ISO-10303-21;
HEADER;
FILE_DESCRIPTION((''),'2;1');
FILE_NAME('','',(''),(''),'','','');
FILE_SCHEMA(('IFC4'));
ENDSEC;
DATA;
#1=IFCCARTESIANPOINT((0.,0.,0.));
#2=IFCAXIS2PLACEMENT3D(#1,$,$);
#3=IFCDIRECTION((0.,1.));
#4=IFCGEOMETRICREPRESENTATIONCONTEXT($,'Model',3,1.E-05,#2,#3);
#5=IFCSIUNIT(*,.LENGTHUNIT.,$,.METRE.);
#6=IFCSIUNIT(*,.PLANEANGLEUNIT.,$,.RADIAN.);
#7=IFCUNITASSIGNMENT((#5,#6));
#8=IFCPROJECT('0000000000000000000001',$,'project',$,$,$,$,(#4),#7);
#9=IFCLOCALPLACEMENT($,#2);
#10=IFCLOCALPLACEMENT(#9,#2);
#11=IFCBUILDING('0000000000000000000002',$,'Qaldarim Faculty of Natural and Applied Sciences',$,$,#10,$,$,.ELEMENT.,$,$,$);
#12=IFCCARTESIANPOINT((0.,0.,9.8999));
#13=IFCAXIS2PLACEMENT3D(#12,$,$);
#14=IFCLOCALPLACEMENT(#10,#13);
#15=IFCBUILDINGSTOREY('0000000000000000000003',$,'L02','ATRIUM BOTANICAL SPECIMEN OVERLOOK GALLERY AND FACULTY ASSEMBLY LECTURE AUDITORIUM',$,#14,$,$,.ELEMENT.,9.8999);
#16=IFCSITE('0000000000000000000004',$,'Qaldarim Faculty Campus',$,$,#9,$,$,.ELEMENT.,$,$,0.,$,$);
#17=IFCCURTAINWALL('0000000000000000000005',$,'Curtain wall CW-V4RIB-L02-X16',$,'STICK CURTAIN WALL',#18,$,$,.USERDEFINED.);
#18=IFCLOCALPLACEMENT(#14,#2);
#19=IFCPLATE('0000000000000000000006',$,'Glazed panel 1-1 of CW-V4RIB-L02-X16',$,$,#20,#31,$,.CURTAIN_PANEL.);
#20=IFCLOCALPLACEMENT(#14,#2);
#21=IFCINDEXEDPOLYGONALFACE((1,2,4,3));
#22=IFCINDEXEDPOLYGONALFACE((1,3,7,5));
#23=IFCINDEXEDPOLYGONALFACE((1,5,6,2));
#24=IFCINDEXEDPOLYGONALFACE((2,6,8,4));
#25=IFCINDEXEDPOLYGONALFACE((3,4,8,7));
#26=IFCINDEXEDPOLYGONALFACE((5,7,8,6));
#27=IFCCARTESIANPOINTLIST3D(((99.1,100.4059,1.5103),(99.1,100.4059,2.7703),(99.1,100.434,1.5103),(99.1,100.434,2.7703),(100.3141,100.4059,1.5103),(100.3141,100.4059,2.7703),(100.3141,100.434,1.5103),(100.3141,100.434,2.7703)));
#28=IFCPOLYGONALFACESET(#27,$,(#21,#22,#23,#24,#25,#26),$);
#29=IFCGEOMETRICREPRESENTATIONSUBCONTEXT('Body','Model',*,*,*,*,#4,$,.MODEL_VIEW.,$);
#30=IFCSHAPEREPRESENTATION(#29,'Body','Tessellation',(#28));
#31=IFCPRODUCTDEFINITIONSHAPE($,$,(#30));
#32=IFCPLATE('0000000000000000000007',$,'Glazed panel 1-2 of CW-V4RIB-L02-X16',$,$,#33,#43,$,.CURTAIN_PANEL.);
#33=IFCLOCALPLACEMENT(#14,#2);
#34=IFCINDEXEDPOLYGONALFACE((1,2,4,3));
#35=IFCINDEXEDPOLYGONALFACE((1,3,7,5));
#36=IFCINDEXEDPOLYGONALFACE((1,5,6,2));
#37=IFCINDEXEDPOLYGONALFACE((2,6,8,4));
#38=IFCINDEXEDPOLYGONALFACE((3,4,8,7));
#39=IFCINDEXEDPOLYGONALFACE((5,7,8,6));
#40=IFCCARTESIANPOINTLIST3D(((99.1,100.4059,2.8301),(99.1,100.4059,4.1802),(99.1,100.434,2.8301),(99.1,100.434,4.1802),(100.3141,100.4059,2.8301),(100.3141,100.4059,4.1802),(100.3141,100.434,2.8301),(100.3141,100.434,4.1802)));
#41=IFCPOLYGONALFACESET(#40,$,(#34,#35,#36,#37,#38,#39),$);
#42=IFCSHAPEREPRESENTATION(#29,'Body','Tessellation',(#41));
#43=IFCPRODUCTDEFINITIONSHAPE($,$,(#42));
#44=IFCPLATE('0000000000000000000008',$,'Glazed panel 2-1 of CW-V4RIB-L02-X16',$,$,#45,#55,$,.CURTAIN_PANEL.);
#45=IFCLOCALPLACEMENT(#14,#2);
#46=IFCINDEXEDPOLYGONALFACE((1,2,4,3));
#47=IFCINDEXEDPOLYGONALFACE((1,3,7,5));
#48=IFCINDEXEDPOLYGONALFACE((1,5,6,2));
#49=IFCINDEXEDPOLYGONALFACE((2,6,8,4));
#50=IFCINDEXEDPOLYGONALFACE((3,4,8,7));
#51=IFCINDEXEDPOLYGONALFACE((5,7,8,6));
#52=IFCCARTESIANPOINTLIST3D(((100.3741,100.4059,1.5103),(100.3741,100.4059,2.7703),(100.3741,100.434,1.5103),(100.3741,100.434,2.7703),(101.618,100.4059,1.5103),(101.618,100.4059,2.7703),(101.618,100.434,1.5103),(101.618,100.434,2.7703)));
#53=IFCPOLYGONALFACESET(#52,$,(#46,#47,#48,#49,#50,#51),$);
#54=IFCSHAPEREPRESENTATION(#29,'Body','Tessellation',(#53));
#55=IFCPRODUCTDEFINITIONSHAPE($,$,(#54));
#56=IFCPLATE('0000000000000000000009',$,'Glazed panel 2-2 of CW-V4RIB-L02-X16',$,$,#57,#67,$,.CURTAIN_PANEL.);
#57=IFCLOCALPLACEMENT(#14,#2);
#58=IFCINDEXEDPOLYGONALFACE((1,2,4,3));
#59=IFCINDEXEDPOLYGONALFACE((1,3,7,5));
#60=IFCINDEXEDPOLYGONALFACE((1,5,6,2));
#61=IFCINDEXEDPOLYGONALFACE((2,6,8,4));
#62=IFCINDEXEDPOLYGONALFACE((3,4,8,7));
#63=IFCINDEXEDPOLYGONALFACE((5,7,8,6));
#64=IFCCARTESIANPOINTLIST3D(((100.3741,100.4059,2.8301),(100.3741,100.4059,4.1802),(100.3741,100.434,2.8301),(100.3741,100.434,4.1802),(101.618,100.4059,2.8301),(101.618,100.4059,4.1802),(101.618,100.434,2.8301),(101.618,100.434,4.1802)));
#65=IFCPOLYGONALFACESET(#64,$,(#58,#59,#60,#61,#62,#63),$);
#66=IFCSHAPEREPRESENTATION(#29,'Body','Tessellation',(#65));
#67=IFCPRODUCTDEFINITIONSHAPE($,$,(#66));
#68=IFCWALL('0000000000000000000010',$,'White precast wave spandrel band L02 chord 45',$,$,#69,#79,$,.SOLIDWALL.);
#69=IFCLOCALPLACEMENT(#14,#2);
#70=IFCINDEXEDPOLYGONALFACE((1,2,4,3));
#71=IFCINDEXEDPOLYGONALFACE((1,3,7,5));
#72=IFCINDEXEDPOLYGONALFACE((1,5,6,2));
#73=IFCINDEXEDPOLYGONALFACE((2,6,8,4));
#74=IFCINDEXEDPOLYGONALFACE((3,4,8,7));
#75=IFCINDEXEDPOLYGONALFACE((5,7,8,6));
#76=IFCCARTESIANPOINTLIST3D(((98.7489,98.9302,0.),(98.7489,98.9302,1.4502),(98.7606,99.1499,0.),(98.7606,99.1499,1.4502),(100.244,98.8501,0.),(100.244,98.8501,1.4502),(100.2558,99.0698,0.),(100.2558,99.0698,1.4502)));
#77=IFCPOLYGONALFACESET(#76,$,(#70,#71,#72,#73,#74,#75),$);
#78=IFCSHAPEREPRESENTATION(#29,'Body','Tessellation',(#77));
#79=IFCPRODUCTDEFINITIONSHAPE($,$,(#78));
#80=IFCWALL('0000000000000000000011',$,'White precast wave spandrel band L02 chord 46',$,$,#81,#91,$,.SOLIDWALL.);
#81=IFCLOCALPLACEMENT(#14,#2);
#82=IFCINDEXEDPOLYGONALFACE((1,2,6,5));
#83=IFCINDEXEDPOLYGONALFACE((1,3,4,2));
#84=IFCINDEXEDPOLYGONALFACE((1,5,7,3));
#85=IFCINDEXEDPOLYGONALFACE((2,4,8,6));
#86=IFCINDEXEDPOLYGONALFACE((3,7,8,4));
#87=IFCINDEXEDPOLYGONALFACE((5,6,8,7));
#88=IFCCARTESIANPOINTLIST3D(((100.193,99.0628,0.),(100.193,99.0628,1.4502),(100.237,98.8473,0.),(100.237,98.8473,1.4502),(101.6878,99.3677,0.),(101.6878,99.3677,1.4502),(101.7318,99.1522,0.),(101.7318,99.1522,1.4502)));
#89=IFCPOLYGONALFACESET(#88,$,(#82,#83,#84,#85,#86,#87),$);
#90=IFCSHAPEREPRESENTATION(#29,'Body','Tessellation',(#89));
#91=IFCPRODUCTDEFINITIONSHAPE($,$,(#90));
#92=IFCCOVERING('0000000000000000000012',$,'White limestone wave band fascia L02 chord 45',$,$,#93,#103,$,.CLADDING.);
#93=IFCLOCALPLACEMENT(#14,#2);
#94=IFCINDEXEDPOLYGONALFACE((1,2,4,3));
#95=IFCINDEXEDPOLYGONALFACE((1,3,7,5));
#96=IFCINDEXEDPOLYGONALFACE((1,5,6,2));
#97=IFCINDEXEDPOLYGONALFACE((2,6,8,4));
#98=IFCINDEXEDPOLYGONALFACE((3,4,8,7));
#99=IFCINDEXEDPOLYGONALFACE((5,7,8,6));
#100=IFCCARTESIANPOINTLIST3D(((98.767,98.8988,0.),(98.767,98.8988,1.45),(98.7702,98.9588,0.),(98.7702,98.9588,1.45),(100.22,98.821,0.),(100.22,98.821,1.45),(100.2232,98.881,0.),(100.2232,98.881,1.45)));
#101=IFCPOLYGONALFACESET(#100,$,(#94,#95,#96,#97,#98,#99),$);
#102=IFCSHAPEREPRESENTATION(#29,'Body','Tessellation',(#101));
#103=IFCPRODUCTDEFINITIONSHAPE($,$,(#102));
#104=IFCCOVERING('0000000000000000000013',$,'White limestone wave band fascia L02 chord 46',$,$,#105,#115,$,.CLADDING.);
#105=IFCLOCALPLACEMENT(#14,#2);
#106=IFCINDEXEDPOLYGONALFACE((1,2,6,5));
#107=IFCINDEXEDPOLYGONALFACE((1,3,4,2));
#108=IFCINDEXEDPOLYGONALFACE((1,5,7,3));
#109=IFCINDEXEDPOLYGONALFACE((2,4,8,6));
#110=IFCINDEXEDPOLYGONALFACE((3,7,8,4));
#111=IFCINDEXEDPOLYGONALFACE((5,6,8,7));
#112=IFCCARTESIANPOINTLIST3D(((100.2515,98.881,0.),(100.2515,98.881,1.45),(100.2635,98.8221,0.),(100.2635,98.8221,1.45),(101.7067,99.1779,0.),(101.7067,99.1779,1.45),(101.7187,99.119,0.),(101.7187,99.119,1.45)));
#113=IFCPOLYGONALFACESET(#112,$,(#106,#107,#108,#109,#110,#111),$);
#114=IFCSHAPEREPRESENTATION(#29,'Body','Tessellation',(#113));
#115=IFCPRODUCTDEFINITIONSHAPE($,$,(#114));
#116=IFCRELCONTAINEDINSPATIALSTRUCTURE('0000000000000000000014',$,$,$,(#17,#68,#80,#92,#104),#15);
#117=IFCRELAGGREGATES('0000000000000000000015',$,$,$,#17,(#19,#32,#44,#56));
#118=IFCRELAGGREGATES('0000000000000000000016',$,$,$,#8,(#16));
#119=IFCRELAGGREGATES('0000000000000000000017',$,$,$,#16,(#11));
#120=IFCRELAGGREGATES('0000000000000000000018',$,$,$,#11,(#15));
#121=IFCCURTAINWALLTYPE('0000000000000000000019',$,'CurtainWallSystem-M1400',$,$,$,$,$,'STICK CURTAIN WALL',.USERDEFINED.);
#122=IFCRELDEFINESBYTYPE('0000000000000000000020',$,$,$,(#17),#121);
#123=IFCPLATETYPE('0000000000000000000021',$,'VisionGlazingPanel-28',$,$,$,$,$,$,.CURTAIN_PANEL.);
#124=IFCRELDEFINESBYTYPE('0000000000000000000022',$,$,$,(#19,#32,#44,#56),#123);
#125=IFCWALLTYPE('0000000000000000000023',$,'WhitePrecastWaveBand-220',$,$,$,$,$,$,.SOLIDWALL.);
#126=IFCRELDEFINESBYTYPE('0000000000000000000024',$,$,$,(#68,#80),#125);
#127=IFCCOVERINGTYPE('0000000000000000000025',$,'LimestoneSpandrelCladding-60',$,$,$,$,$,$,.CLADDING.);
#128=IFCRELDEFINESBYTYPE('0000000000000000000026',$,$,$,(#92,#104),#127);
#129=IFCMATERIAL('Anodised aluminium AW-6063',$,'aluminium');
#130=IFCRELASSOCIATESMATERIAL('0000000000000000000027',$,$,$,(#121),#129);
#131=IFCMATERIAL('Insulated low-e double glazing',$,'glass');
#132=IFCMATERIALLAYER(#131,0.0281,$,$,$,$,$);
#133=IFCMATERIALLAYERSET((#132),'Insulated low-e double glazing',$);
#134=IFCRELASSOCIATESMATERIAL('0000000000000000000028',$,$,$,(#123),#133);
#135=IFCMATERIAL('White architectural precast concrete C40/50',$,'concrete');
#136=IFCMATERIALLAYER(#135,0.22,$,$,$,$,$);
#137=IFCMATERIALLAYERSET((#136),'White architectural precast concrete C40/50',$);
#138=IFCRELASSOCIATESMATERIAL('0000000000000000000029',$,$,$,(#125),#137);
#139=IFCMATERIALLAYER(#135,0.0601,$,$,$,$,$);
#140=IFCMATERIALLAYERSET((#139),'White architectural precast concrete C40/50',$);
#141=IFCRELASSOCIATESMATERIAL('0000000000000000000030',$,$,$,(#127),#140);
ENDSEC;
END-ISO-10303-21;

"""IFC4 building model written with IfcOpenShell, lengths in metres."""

from ifc_helpers import new_model, si_unit, direction, frame, frame_2d, origin, origin_2d, place, context, subcontext, project, spatial, rectangle, extrude, material, layer, layer_set, type_object, element, aggregate, save


model = new_model("IFC4")

# Units and contexts
model_context = context("Model", 3, precision=1e-05, world=origin(), true_north=direction((0.0, 1.0)))
body_context = subcontext(model_context, "Body", "Model", "MODEL_VIEW")
ifc_project = project(units=[si_unit("LENGTHUNIT", "METRE"), si_unit("PLANEANGLEUNIT", "RADIAN")], contexts=[model_context])

# Site, building, storey
site_placement = place(None, origin())
site = spatial("IfcSite", under=ifc_project, at=site_placement, Name="Qaldarim Faculty Campus", CompositionType="ELEMENT", RefElevation=0.0)
building_placement = place(site_placement, origin())
building = spatial("IfcBuilding", under=site, at=building_placement, Name="Qaldarim Faculty of Natural and Applied Sciences", CompositionType="ELEMENT")
storey_placement = place(building_placement, frame((0.0, 0.0, 9.8999)))
storey = spatial("IfcBuildingStorey", under=building, at=storey_placement, Name="L02", Description="ATRIUM BOTANICAL SPECIMEN OVERLOOK GALLERY AND FACULTY ASSEMBLY LECTURE AUDITORIUM", CompositionType="ELEMENT", Elevation=9.8999)

# Shared definitions
ifc_material_1 = material(Name="Anodised aluminium AW-6063", Category="aluminium")
curtain_wall_type = type_object("IfcCurtainWallType", Name="CurtainWallSystem-M1400", ElementType="STICK CURTAIN WALL", PredefinedType="USERDEFINED", material=ifc_material_1)

# Curtain wall
curtain_wall_1_placement = place(storey_placement, origin())
curtain_wall_1 = element("IfcCurtainWall", 1, at=curtain_wall_1_placement, inside=storey, type_object=curtain_wall_type, Name="Curtain wall CW-V4RIB-L02-X16", ObjectType="STICK CURTAIN WALL", PredefinedType="USERDEFINED")

# Plates
ifc_material_2 = material(Name="Insulated low-e double glazing", Category="glass")
ifc_layer_1 = layer(ifc_material_2, 0.0281)
ifc_layer_set_1 = layer_set([ifc_layer_1], Name="Insulated low-e double glazing")
plate_type = type_object("IfcPlateType", Name="VisionGlazingPanel-28", PredefinedType="CURTAIN_PANEL", material=ifc_layer_set_1)
plate_1_placement = place(storey_placement, frame((99.707, 100.4199, 1.5103), z_axis=(0.0, 0.0, 1.0), x_axis=(1.0, 0.0, 0.0)))
plate_1 = element("IfcPlate", 2, at=plate_1_placement, type_object=plate_type, Name="Glazed panel 1-1 of CW-V4RIB-L02-X16", PredefinedType="CURTAIN_PANEL", context=body_context, shape_type="SweptSolid", body=[
    extrude(rectangle(XDim=1.2141, YDim=0.0281, at=origin_2d()), origin(), (0.0, 0.0, 1.0), 1.26),
])
plate_2_placement = place(storey_placement, frame((99.707, 100.4199, 2.8301), z_axis=(0.0, 0.0, 1.0), x_axis=(1.0, 0.0, 0.0)))
plate_2 = element("IfcPlate", 3, at=plate_2_placement, type_object=plate_type, Name="Glazed panel 1-2 of CW-V4RIB-L02-X16", PredefinedType="CURTAIN_PANEL", context=body_context, shape_type="SweptSolid", body=[
    extrude(rectangle(XDim=1.2141, YDim=0.0281, at=origin_2d()), origin(), (0.0, 0.0, 1.0), 1.3501),
])
plate_3_placement = place(storey_placement, frame((100.9961, 100.4199, 1.5103), z_axis=(0.0, 0.0, 1.0), x_axis=(1.0, 0.0, 0.0)))
plate_3 = element("IfcPlate", 4, at=plate_3_placement, type_object=plate_type, Name="Glazed panel 2-1 of CW-V4RIB-L02-X16", PredefinedType="CURTAIN_PANEL", context=body_context, shape_type="SweptSolid", body=[
    extrude(rectangle(XDim=1.2439, YDim=0.0281, at=origin_2d()), origin(), (0.0, 0.0, 1.0), 1.26),
])
plate_4_placement = place(storey_placement, frame((100.9961, 100.4199, 2.8301), z_axis=(0.0, 0.0, 1.0), x_axis=(1.0, 0.0, 0.0)))
plate_4 = element("IfcPlate", 5, at=plate_4_placement, type_object=plate_type, Name="Glazed panel 2-2 of CW-V4RIB-L02-X16", PredefinedType="CURTAIN_PANEL", context=body_context, shape_type="SweptSolid", body=[
    extrude(rectangle(XDim=1.2439, YDim=0.0281, at=origin_2d()), origin(), (0.0, 0.0, 1.0), 1.3501),
])
aggregate(curtain_wall_1, [plate_1, plate_2, plate_3, plate_4])

# Walls
ifc_material_3 = material(Name="White architectural precast concrete C40/50", Category="concrete")
ifc_layer_2 = layer(ifc_material_3, 0.22)
ifc_layer_set_2 = layer_set([ifc_layer_2], Name="White architectural precast concrete C40/50")
wall_type = type_object("IfcWallType", Name="WhitePrecastWaveBand-220", PredefinedType="SOLIDWALL", material=ifc_layer_set_2)
wall_1_placement = place(storey_placement, frame((98.7549, 99.04, 0.0), z_axis=(0.0, 0.0, 1.0), x_axis=(0.998569, -0.053483, 0.0)))
element("IfcWall", 6, at=wall_1_placement, inside=storey, type_object=wall_type, Name="White precast wave spandrel band L02 chord 45", PredefinedType="SOLIDWALL", context=body_context, shape_type="SweptSolid", body=[
    extrude(rectangle(XDim=1.4973, YDim=0.22, at=frame_2d((0.7485, 0.0))), origin(), (0.0, 0.0, 1.0), 1.4502),
])
wall_2_placement = place(storey_placement, frame((100.2151, 98.9551, 0.0), z_axis=(0.0, 0.0, 1.0), x_axis=(0.979823, 0.199869, 0.0)))
element("IfcWall", 7, at=wall_2_placement, inside=storey, type_object=wall_type, Name="White precast wave spandrel band L02 chord 46", PredefinedType="SOLIDWALL", context=body_context, shape_type="SweptSolid", body=[
    extrude(rectangle(XDim=1.5256, YDim=0.22, at=frame_2d((0.7627, 0.0))), origin(), (0.0, 0.0, 1.0), 1.4502),
])

# Coverings
ifc_layer_3 = layer(ifc_material_3, 0.0601)
ifc_layer_set_3 = layer_set([ifc_layer_3], Name="White architectural precast concrete C40/50")
covering_type = type_object("IfcCoveringType", Name="LimestoneSpandrelCladding-60", PredefinedType="CLADDING", material=ifc_layer_set_3)
covering_1_placement = place(storey_placement, frame((99.4951, 98.8899, 0.0), z_axis=(0.0, 0.0, 1.0), x_axis=(0.998571, -0.053434, 0.0)))
element("IfcCovering", 8, at=covering_1_placement, inside=storey, type_object=covering_type, Name="White limestone wave band fascia L02 chord 45", PredefinedType="CLADDING", context=body_context, shape_type="SweptSolid", body=[
    extrude(rectangle(XDim=1.4551, YDim=0.0601, at=origin_2d()), origin(), (0.0, 0.0, 1.0), 1.45),
])
covering_2_placement = place(storey_placement, frame((100.9851, 99.0, 0.0), z_axis=(0.0, 0.0, 1.0), x_axis=(0.979817, 0.199898, 0.0)))
element("IfcCovering", 9, at=covering_2_placement, inside=storey, type_object=covering_type, Name="White limestone wave band fascia L02 chord 46", PredefinedType="CLADDING", context=body_context, shape_type="SweptSolid", body=[
    extrude(rectangle(XDim=1.4851, YDim=0.0601, at=origin_2d()), origin(), (0.0, 0.0, 1.0), 1.45),
])

save(model, "model.ifc")
